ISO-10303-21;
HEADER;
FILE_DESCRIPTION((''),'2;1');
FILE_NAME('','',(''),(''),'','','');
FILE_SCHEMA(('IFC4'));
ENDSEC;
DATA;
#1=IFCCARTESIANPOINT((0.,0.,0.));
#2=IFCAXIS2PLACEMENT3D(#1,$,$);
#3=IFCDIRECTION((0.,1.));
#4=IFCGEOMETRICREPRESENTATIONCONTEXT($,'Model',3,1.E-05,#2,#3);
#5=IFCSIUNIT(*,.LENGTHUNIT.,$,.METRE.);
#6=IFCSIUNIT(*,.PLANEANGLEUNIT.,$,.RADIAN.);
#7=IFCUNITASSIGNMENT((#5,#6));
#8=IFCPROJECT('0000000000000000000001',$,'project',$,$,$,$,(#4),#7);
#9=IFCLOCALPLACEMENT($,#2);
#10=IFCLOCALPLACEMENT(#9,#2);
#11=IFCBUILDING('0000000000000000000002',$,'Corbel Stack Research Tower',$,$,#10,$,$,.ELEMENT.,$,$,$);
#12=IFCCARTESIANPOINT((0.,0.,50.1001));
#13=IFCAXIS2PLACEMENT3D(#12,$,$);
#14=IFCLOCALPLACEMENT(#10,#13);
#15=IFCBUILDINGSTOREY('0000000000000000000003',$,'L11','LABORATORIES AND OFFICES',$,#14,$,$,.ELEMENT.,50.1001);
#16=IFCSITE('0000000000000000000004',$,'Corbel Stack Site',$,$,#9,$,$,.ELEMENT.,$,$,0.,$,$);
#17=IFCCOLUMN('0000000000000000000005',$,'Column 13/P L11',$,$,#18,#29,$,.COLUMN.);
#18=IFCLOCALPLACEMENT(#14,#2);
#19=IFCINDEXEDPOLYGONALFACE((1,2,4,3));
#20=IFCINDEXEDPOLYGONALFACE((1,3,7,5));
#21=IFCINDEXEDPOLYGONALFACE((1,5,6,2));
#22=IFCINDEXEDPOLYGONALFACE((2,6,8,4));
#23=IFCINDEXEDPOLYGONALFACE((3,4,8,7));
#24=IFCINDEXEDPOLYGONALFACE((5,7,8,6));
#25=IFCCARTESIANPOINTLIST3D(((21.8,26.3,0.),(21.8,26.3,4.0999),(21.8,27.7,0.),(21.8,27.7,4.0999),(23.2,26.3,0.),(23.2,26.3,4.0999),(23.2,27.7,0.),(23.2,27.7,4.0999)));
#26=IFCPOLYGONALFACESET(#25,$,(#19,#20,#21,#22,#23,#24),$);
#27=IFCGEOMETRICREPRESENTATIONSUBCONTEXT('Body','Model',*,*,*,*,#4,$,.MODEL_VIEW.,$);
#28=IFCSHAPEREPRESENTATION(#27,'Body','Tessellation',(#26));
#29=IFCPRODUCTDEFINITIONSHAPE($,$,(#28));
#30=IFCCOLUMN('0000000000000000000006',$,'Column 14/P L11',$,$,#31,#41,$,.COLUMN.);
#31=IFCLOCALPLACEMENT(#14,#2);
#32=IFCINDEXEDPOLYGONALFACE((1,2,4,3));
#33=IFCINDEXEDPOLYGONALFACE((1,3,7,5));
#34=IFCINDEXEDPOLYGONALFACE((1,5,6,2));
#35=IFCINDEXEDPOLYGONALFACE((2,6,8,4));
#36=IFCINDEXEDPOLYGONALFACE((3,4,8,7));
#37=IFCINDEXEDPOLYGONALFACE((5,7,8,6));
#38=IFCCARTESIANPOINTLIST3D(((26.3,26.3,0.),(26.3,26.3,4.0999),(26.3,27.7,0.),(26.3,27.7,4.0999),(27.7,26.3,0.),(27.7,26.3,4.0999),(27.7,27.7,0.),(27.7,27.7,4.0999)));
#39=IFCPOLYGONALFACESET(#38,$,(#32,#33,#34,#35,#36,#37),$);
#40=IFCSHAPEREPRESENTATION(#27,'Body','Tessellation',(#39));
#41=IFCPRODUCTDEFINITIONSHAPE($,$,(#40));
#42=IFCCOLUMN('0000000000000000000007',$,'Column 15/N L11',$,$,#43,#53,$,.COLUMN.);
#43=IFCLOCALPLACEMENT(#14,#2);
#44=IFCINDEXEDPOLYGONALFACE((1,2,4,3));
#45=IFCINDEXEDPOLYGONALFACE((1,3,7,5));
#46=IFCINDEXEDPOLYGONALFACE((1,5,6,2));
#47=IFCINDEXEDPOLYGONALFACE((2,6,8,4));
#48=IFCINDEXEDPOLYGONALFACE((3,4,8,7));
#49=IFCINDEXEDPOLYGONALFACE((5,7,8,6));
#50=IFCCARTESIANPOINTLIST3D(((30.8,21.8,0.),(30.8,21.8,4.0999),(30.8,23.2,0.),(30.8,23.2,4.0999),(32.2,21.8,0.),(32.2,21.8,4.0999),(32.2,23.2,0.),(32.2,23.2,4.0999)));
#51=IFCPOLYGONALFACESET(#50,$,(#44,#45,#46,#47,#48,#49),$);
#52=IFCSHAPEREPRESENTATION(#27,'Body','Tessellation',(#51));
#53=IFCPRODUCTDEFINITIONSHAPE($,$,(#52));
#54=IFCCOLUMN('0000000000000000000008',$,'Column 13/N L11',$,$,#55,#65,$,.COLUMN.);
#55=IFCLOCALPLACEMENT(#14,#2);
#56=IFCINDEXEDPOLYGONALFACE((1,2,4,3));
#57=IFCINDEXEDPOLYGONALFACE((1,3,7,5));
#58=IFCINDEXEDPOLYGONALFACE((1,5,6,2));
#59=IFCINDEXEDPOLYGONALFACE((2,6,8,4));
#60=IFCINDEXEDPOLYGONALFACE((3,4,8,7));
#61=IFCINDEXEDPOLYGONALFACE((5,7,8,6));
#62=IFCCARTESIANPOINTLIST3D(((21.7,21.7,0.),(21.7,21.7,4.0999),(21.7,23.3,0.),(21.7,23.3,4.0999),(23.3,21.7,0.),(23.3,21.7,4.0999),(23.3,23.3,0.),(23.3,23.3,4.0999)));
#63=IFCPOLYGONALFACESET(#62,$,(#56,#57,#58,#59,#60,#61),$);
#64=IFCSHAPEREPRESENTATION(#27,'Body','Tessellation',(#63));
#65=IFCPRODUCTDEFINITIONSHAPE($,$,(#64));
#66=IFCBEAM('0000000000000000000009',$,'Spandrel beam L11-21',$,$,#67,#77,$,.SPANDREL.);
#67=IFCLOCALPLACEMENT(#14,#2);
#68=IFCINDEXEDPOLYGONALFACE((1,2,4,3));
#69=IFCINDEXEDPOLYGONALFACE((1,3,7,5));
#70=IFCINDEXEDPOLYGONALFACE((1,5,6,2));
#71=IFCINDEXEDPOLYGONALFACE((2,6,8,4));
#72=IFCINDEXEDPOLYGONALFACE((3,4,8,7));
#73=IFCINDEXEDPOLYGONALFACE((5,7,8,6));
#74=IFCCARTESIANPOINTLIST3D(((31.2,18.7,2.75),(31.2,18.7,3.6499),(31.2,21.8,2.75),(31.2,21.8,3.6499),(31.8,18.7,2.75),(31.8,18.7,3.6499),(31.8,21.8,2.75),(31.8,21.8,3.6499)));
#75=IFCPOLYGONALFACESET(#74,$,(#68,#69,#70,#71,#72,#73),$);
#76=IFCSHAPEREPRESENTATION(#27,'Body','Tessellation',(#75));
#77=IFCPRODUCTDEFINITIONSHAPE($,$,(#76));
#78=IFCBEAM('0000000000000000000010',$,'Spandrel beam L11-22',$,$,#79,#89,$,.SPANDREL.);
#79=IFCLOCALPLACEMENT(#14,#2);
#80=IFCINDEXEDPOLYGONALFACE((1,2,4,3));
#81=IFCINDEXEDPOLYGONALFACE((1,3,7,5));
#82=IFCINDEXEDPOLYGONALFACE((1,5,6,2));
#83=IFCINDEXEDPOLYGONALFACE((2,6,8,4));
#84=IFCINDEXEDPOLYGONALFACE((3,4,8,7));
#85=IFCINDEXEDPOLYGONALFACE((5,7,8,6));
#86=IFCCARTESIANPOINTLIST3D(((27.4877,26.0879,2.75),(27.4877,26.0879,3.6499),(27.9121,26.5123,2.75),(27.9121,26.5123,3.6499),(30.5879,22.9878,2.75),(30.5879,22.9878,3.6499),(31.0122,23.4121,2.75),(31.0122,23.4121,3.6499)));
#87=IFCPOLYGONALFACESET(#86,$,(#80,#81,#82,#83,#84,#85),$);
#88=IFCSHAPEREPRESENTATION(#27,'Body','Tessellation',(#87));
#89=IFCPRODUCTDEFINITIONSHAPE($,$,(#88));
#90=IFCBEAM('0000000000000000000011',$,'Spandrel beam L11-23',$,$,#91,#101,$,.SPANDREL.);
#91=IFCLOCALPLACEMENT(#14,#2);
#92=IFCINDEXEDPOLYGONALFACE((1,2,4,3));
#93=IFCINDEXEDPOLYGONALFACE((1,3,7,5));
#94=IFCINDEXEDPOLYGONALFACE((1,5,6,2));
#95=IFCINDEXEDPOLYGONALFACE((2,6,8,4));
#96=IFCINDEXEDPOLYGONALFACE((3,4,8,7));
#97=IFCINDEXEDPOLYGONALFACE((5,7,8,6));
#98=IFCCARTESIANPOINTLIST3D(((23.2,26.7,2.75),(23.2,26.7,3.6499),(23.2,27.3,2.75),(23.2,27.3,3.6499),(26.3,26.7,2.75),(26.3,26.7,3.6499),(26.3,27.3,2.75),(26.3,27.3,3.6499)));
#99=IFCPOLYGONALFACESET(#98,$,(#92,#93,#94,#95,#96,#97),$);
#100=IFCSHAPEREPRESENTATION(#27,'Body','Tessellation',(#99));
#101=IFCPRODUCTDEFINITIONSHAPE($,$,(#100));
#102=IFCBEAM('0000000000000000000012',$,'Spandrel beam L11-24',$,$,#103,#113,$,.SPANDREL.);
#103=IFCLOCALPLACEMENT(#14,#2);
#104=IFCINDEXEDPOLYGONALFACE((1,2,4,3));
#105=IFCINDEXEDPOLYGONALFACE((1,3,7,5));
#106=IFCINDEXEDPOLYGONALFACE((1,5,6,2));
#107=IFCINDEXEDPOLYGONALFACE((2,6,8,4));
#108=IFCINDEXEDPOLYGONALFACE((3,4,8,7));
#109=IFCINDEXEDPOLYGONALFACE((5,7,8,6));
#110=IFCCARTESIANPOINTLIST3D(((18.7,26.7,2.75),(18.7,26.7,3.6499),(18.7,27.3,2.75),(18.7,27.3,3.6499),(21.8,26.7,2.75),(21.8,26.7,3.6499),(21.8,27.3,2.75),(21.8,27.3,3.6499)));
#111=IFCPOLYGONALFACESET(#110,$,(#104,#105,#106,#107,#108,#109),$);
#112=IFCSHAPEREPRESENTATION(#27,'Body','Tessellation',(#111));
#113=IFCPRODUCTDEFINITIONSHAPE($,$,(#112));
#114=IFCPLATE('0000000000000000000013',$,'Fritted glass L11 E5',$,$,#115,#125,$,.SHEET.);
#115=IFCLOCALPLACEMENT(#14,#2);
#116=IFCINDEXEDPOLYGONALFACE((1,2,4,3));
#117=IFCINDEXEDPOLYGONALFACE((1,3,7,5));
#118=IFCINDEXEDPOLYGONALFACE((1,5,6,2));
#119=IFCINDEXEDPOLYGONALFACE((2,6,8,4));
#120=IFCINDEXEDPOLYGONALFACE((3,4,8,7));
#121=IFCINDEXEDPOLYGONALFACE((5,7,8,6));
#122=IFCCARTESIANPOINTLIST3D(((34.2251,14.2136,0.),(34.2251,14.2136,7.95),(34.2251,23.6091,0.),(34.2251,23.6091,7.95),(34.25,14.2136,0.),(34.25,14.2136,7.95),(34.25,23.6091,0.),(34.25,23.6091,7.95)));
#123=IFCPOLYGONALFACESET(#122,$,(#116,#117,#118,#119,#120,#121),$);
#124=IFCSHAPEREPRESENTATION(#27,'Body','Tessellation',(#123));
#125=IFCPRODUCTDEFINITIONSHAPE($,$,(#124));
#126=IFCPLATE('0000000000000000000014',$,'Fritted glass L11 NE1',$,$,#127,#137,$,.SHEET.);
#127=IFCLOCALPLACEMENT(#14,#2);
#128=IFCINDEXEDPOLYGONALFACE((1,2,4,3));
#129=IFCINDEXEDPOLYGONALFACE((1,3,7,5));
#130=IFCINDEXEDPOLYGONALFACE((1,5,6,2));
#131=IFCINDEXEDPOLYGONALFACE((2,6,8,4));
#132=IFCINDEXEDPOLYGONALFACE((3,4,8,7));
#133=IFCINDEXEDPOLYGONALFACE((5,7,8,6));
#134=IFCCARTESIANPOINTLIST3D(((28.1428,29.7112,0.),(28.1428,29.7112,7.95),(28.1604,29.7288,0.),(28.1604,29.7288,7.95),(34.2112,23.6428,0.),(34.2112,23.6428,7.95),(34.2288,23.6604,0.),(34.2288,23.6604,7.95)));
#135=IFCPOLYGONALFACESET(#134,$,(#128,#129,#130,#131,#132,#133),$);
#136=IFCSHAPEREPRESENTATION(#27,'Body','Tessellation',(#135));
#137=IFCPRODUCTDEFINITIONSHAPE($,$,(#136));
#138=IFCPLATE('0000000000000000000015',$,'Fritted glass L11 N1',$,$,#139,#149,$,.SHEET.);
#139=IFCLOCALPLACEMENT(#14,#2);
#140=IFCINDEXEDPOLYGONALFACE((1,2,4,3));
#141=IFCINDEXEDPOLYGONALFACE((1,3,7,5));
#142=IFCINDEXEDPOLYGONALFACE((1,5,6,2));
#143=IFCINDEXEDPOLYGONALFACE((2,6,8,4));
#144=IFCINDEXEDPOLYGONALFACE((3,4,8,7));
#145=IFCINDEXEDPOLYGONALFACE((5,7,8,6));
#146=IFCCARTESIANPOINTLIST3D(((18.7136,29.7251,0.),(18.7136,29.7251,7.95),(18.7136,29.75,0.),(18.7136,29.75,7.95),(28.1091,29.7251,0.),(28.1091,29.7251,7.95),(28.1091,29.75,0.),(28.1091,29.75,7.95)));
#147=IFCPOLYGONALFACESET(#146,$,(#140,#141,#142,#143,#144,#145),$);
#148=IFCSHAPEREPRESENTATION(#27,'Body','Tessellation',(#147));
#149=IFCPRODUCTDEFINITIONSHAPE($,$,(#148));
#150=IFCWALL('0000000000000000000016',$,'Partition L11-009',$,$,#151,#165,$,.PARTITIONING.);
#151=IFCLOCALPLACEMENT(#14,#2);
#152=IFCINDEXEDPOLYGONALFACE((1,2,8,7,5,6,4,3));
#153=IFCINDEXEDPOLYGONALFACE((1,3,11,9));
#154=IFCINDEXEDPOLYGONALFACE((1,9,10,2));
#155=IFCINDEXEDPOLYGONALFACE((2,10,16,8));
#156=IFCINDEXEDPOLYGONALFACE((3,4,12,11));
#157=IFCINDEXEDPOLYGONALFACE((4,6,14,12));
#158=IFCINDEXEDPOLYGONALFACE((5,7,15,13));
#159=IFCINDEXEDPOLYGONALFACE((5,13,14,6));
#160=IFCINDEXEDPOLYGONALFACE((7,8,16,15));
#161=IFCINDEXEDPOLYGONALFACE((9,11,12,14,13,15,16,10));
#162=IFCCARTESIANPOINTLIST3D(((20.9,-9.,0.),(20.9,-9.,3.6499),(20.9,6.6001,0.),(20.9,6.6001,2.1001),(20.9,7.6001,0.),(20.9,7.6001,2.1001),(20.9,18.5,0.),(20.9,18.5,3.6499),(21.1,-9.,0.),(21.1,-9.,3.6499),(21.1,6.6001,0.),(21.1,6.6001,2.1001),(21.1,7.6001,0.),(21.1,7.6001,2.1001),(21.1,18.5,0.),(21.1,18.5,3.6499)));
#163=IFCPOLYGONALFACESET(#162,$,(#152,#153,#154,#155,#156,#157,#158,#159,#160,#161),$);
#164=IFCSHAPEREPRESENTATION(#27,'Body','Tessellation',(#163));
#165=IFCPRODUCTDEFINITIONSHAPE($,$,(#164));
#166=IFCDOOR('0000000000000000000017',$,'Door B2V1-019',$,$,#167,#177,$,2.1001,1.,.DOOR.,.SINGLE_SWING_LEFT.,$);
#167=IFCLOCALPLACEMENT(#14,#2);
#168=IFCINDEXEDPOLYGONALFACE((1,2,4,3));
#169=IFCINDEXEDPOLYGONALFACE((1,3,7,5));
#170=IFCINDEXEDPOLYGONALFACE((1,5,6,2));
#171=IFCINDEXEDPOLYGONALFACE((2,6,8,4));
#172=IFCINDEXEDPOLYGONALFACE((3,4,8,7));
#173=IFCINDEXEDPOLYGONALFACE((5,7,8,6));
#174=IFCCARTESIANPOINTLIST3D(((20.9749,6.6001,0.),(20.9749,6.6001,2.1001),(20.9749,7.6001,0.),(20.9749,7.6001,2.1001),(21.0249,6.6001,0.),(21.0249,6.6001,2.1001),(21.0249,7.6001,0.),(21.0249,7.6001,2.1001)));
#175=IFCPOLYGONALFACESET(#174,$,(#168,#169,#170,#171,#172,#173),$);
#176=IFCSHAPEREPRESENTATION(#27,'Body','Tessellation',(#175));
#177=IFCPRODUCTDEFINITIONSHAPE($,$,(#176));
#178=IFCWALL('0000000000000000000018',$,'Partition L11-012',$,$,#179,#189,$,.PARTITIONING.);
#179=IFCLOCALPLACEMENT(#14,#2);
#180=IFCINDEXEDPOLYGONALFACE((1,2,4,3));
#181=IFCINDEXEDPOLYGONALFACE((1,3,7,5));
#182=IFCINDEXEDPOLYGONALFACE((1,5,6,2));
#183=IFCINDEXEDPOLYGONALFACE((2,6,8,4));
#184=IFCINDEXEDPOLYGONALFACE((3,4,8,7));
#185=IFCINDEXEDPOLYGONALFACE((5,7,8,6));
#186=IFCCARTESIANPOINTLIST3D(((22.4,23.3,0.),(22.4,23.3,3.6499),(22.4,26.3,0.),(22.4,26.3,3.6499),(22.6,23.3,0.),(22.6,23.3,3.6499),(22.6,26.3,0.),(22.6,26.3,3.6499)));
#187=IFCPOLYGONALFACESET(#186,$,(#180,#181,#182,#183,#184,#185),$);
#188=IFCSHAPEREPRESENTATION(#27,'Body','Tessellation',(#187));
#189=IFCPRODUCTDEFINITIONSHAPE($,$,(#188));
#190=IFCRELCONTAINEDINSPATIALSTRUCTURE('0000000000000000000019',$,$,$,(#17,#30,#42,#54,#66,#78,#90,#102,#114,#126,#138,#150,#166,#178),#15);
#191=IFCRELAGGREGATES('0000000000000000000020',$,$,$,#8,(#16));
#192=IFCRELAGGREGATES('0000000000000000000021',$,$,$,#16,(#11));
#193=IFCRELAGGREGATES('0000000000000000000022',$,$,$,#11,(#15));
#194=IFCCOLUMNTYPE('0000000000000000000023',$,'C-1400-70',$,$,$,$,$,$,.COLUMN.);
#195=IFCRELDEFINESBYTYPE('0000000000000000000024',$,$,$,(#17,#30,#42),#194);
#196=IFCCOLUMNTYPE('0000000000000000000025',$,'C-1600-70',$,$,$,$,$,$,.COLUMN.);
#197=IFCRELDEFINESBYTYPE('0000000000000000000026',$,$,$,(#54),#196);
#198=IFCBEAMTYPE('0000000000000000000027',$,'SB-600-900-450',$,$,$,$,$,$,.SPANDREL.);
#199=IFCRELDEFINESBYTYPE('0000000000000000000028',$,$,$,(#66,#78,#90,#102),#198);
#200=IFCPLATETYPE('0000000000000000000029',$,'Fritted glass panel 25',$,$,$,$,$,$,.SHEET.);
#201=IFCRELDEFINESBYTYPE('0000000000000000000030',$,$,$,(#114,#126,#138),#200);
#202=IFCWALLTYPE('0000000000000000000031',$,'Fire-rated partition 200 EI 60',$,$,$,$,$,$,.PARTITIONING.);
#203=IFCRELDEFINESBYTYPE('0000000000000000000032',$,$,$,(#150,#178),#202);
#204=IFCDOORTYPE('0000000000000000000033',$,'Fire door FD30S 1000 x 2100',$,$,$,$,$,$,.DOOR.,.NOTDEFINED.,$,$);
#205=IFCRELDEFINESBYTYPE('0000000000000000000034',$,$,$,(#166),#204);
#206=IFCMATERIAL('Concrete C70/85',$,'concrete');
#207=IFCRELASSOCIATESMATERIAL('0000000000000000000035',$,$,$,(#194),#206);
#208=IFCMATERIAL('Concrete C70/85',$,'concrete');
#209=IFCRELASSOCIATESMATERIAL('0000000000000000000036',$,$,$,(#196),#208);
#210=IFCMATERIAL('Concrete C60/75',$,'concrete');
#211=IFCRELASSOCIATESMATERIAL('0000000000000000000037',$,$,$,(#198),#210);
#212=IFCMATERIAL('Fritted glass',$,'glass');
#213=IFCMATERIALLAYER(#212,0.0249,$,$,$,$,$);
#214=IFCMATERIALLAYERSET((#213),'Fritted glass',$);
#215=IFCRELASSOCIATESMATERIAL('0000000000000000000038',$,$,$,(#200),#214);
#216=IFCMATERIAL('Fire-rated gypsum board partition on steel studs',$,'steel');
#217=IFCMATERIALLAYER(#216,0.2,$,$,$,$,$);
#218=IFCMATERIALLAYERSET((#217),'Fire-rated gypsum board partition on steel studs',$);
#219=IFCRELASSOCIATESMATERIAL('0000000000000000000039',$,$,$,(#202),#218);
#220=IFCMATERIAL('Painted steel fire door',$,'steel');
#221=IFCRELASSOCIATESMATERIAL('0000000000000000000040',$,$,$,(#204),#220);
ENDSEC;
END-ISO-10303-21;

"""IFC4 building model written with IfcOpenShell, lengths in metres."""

from ifc_helpers import new_model, si_unit, direction, frame, frame_2d, origin, origin_2d, place, context, subcontext, project, spatial, rectangle, extrude, material, layer, layer_set, material_profile, profile_set, type_object, element, fill, save


model = new_model("IFC4")

# Units and contexts
model_context = context("Model", 3, precision=1e-05, world=origin(), true_north=direction((0.0, 1.0)))
body_context = subcontext(model_context, "Body", "Model", "MODEL_VIEW")
ifc_project = project(units=[si_unit("LENGTHUNIT", "METRE"), si_unit("PLANEANGLEUNIT", "RADIAN")], contexts=[model_context])

# Site, building, storey
site_placement = place(None, origin())
site = spatial("IfcSite", under=ifc_project, at=site_placement, Name="Corbel Stack Site", CompositionType="ELEMENT", RefElevation=0.0)
building_placement = place(site_placement, origin())
building = spatial("IfcBuilding", under=site, at=building_placement, Name="Corbel Stack Research Tower", CompositionType="ELEMENT")
storey_placement = place(building_placement, frame((0.0, 0.0, 50.1001)))
storey = spatial("IfcBuildingStorey", under=building, at=storey_placement, Name="L11", Description="LABORATORIES AND OFFICES", CompositionType="ELEMENT", Elevation=50.1001)

# Columns
ifc_material_1 = material(Name="Concrete C70/85", Category="concrete")
ifc_material_profile_1 = material_profile(ifc_material_1, rectangle(XDim=1.3999, YDim=1.3999, at=origin_2d()), Name="RC 1400 x 1400")
ifc_profile_set_1 = profile_set([ifc_material_profile_1], Name="Concrete C70/85")
column_type_1 = type_object("IfcColumnType", Name="C-1400-70", PredefinedType="COLUMN", material=ifc_profile_set_1)
for number, where, z_axis, x_axis, name in (
    (1, (22.5, 27.0, 0.0), (0.0, 0.0, 1.0), (1.0, 0.0, 0.0), "Column 13/P L11"),
    (2, (27.0, 27.0, 0.0), (0.0, 0.0, 1.0), (1.0, 0.0, 0.0), "Column 14/P L11"),
    (3, (31.5, 22.5, 0.0), (0.0, 0.0, 1.0), (1.0, 0.0, 0.0), "Column 15/N L11"),
):
    element("IfcColumn", number, at=place(storey_placement, frame(where, z_axis=z_axis, x_axis=x_axis)), inside=storey, type_object=column_type_1, Name=name, PredefinedType="COLUMN", context=body_context, shape_type="SweptSolid", body=[
        extrude(rectangle(XDim=1.3999, YDim=1.3999, at=origin_2d()), origin(), (0.0, 0.0, 1.0), 4.0999),
    ])
ifc_material_2 = material(Name="Concrete C70/85", Category="concrete")
ifc_material_profile_2 = material_profile(ifc_material_2, rectangle(XDim=1.6001, YDim=1.6001, at=origin_2d()), Name="RC 1600 x 1600")
ifc_profile_set_2 = profile_set([ifc_material_profile_2], Name="Concrete C70/85")
column_type_2 = type_object("IfcColumnType", Name="C-1600-70", PredefinedType="COLUMN", material=ifc_profile_set_2)
column_placement = place(storey_placement, frame((22.5, 22.5, 0.0), z_axis=(0.0, 0.0, 1.0), x_axis=(1.0, 0.0, 0.0)))
element("IfcColumn", 4, at=column_placement, inside=storey, type_object=column_type_2, Name="Column 13/N L11", PredefinedType="COLUMN", context=body_context, shape_type="SweptSolid", body=[
    extrude(rectangle(XDim=1.6001, YDim=1.6001, at=origin_2d()), origin(), (0.0, 0.0, 1.0), 4.0999),
])

# Beams
ifc_material_3 = material(Name="Concrete C60/75", Category="concrete")
ifc_material_profile_3 = material_profile(ifc_material_3, rectangle(XDim=0.6001, YDim=0.8999, at=origin_2d()), Name="RC 600 x 900")
ifc_profile_set_3 = profile_set([ifc_material_profile_3], Name="Concrete C60/75")
beam_type = type_object("IfcBeamType", Name="SB-600-900-450", PredefinedType="SPANDREL", material=ifc_profile_set_3)
beam_1_placement = place(storey_placement, frame((31.5, 18.7, 3.2), z_axis=(0.0, 1.0, 0.0), x_axis=(-1.0, 0.0, 0.0)))
element("IfcBeam", 5, at=beam_1_placement, inside=storey, type_object=beam_type, Name="Spandrel beam L11-21", PredefinedType="SPANDREL", context=body_context, shape_type="SweptSolid", body=[
    extrude(rectangle(XDim=0.6001, YDim=0.8999, at=origin_2d()), origin(), (0.0, 0.0, 1.0), 3.1001),
])
beam_2_placement = place(storey_placement, frame((30.8, 23.2, 3.2), z_axis=(-0.707107, 0.707107, 0.0), x_axis=(-0.707107, -0.707107, 0.0)))
element("IfcBeam", 6, at=beam_2_placement, inside=storey, type_object=beam_type, Name="Spandrel beam L11-22", PredefinedType="SPANDREL", context=body_context, shape_type="SweptSolid", body=[
    extrude(rectangle(XDim=0.6001, YDim=0.8999, at=origin_2d()), origin(), (0.0, 0.0, 1.0), 4.3843),
])
for number, where, z_axis, x_axis, name in (
    (7, (26.3, 27.0, 3.2), (-1.0, 0.0, 0.0), (0.0, -1.0, 0.0), "Spandrel beam L11-23"),
    (8, (21.8, 27.0, 3.2), (-1.0, 0.0, 0.0), (0.0, -1.0, 0.0), "Spandrel beam L11-24"),
):
    element("IfcBeam", number, at=place(storey_placement, frame(where, z_axis=z_axis, x_axis=x_axis)), inside=storey, type_object=beam_type, Name=name, PredefinedType="SPANDREL", context=body_context, shape_type="SweptSolid", body=[
        extrude(rectangle(XDim=0.6001, YDim=0.8999, at=origin_2d()), origin(), (0.0, 0.0, 1.0), 3.1001),
    ])

# Plates
ifc_material_4 = material(Name="Fritted glass", Category="glass")
ifc_layer_1 = layer(ifc_material_4, 0.0249)
ifc_layer_set_1 = layer_set([ifc_layer_1], Name="Fritted glass")
plate_type = type_object("IfcPlateType", Name="Fritted glass panel 25", PredefinedType="SHEET", material=ifc_layer_set_1)
plate_1_placement = place(storey_placement, frame((34.2375, 18.9114, 0.0), z_axis=(0.0, 0.0, 1.0), x_axis=(0.0, 1.0, 0.0)))
element("IfcPlate", 9, at=plate_1_placement, inside=storey, type_object=plate_type, Name="Fritted glass L11 E5", PredefinedType="SHEET", context=body_context, shape_type="SweptSolid", body=[
    extrude(rectangle(XDim=9.3955, YDim=0.0249, at=origin_2d()), origin(), (0.0, 0.0, 1.0), 7.95),
])
plate_2_placement = place(storey_placement, frame((31.1858, 26.6858, 0.0), z_axis=(0.0, 0.0, 1.0), x_axis=(-0.707107, 0.707107, 0.0)))
element("IfcPlate", 10, at=plate_2_placement, inside=storey, type_object=plate_type, Name="Fritted glass L11 NE1", PredefinedType="SHEET", context=body_context, shape_type="SweptSolid", body=[
    extrude(rectangle(XDim=8.582, YDim=0.0249, at=origin_2d()), origin(), (0.0, 0.0, 1.0), 7.95),
])
plate_3_placement = place(storey_placement, frame((23.4114, 29.7375, 0.0), z_axis=(0.0, 0.0, 1.0), x_axis=(-1.0, 0.0, 0.0)))
element("IfcPlate", 11, at=plate_3_placement, inside=storey, type_object=plate_type, Name="Fritted glass L11 N1", PredefinedType="SHEET", context=body_context, shape_type="SweptSolid", body=[
    extrude(rectangle(XDim=9.3955, YDim=0.0249, at=origin_2d()), origin(), (0.0, 0.0, 1.0), 7.95),
])

# Wall, opening, door
ifc_material_5 = material(Name="Fire-rated gypsum board partition on steel studs", Category="steel")
ifc_layer_2 = layer(ifc_material_5, 0.2)
ifc_layer_set_2 = layer_set([ifc_layer_2], Name="Fire-rated gypsum board partition on steel studs")
wall_type_1 = type_object("IfcWallType", Name="Fire-rated partition 200 EI 60", PredefinedType="PARTITIONING", material=ifc_layer_set_2)
wall_1_placement = place(storey_placement, frame((21.0, 18.5, 0.0), z_axis=(0.0, 0.0, 1.0), x_axis=(0.0, -1.0, 0.0)))
wall_1 = element("IfcWall", 12, at=wall_1_placement, inside=storey, type_object=wall_type_1, Name="Partition L11-009", PredefinedType="PARTITIONING", context=body_context, shape_type="SweptSolid", body=[
    extrude(rectangle(XDim=27.5, YDim=0.2, at=frame_2d((13.75, 0.0))), origin(), (0.0, 0.0, 1.0), 3.6499),
])
opening_1_placement = place(wall_1_placement, frame((10.8999, 0.0, 0.0)))
opening_1 = element("IfcOpeningElement", 13, at=opening_1_placement, cuts=wall_1, PredefinedType="OPENING", context=body_context, shape_type="SweptSolid", body=[
    extrude(rectangle(XDim=1.0, YDim=2.1001, at=frame_2d((0.5, 1.05))), frame((0.0, 0.1099, 0.0), z_axis=(0.0, -1.0, 0.0), x_axis=(1.0, 0.0, 0.0)), (0.0, 0.0, 1.0), 0.22),
])
ifc_material_6 = material(Name="Painted steel fire door", Category="steel")
door_type_1 = type_object("IfcDoorType", Name="Fire door FD30S 1000 x 2100", OperationType="NOTDEFINED", PredefinedType="DOOR", material=ifc_material_6)
door_1_placement = place(opening_1_placement, origin())
door_1 = element("IfcDoor", 14, at=door_1_placement, inside=storey, type_object=door_type_1, Name="Door B2V1-019", OperationType="SINGLE_SWING_LEFT", OverallHeight=2.1001, OverallWidth=1.0, PredefinedType="DOOR", context=body_context, shape_type="SweptSolid", body=[
    extrude(rectangle(XDim=1.0, YDim=2.1001, at=frame_2d((0.5, 1.05))), frame((0.0, 0.0249, 0.0), z_axis=(0.0, -1.0, 0.0), x_axis=(1.0, 0.0, 0.0)), (0.0, 0.0, 1.0), 0.05),
])
fill(opening_1, door_1)

# Wall
wall_2_placement = place(storey_placement, frame((22.5, 23.3, 0.0), z_axis=(0.0, 0.0, 1.0), x_axis=(0.0, 1.0, 0.0)))
element("IfcWall", 15, at=wall_2_placement, inside=storey, type_object=wall_type_1, Name="Partition L11-012", PredefinedType="PARTITIONING", context=body_context, shape_type="SweptSolid", body=[
    extrude(rectangle(XDim=3.0, YDim=0.2, at=frame_2d((1.5, 0.0))), origin(), (0.0, 0.0, 1.0), 3.6499),
])

save(model, "model.ifc")
